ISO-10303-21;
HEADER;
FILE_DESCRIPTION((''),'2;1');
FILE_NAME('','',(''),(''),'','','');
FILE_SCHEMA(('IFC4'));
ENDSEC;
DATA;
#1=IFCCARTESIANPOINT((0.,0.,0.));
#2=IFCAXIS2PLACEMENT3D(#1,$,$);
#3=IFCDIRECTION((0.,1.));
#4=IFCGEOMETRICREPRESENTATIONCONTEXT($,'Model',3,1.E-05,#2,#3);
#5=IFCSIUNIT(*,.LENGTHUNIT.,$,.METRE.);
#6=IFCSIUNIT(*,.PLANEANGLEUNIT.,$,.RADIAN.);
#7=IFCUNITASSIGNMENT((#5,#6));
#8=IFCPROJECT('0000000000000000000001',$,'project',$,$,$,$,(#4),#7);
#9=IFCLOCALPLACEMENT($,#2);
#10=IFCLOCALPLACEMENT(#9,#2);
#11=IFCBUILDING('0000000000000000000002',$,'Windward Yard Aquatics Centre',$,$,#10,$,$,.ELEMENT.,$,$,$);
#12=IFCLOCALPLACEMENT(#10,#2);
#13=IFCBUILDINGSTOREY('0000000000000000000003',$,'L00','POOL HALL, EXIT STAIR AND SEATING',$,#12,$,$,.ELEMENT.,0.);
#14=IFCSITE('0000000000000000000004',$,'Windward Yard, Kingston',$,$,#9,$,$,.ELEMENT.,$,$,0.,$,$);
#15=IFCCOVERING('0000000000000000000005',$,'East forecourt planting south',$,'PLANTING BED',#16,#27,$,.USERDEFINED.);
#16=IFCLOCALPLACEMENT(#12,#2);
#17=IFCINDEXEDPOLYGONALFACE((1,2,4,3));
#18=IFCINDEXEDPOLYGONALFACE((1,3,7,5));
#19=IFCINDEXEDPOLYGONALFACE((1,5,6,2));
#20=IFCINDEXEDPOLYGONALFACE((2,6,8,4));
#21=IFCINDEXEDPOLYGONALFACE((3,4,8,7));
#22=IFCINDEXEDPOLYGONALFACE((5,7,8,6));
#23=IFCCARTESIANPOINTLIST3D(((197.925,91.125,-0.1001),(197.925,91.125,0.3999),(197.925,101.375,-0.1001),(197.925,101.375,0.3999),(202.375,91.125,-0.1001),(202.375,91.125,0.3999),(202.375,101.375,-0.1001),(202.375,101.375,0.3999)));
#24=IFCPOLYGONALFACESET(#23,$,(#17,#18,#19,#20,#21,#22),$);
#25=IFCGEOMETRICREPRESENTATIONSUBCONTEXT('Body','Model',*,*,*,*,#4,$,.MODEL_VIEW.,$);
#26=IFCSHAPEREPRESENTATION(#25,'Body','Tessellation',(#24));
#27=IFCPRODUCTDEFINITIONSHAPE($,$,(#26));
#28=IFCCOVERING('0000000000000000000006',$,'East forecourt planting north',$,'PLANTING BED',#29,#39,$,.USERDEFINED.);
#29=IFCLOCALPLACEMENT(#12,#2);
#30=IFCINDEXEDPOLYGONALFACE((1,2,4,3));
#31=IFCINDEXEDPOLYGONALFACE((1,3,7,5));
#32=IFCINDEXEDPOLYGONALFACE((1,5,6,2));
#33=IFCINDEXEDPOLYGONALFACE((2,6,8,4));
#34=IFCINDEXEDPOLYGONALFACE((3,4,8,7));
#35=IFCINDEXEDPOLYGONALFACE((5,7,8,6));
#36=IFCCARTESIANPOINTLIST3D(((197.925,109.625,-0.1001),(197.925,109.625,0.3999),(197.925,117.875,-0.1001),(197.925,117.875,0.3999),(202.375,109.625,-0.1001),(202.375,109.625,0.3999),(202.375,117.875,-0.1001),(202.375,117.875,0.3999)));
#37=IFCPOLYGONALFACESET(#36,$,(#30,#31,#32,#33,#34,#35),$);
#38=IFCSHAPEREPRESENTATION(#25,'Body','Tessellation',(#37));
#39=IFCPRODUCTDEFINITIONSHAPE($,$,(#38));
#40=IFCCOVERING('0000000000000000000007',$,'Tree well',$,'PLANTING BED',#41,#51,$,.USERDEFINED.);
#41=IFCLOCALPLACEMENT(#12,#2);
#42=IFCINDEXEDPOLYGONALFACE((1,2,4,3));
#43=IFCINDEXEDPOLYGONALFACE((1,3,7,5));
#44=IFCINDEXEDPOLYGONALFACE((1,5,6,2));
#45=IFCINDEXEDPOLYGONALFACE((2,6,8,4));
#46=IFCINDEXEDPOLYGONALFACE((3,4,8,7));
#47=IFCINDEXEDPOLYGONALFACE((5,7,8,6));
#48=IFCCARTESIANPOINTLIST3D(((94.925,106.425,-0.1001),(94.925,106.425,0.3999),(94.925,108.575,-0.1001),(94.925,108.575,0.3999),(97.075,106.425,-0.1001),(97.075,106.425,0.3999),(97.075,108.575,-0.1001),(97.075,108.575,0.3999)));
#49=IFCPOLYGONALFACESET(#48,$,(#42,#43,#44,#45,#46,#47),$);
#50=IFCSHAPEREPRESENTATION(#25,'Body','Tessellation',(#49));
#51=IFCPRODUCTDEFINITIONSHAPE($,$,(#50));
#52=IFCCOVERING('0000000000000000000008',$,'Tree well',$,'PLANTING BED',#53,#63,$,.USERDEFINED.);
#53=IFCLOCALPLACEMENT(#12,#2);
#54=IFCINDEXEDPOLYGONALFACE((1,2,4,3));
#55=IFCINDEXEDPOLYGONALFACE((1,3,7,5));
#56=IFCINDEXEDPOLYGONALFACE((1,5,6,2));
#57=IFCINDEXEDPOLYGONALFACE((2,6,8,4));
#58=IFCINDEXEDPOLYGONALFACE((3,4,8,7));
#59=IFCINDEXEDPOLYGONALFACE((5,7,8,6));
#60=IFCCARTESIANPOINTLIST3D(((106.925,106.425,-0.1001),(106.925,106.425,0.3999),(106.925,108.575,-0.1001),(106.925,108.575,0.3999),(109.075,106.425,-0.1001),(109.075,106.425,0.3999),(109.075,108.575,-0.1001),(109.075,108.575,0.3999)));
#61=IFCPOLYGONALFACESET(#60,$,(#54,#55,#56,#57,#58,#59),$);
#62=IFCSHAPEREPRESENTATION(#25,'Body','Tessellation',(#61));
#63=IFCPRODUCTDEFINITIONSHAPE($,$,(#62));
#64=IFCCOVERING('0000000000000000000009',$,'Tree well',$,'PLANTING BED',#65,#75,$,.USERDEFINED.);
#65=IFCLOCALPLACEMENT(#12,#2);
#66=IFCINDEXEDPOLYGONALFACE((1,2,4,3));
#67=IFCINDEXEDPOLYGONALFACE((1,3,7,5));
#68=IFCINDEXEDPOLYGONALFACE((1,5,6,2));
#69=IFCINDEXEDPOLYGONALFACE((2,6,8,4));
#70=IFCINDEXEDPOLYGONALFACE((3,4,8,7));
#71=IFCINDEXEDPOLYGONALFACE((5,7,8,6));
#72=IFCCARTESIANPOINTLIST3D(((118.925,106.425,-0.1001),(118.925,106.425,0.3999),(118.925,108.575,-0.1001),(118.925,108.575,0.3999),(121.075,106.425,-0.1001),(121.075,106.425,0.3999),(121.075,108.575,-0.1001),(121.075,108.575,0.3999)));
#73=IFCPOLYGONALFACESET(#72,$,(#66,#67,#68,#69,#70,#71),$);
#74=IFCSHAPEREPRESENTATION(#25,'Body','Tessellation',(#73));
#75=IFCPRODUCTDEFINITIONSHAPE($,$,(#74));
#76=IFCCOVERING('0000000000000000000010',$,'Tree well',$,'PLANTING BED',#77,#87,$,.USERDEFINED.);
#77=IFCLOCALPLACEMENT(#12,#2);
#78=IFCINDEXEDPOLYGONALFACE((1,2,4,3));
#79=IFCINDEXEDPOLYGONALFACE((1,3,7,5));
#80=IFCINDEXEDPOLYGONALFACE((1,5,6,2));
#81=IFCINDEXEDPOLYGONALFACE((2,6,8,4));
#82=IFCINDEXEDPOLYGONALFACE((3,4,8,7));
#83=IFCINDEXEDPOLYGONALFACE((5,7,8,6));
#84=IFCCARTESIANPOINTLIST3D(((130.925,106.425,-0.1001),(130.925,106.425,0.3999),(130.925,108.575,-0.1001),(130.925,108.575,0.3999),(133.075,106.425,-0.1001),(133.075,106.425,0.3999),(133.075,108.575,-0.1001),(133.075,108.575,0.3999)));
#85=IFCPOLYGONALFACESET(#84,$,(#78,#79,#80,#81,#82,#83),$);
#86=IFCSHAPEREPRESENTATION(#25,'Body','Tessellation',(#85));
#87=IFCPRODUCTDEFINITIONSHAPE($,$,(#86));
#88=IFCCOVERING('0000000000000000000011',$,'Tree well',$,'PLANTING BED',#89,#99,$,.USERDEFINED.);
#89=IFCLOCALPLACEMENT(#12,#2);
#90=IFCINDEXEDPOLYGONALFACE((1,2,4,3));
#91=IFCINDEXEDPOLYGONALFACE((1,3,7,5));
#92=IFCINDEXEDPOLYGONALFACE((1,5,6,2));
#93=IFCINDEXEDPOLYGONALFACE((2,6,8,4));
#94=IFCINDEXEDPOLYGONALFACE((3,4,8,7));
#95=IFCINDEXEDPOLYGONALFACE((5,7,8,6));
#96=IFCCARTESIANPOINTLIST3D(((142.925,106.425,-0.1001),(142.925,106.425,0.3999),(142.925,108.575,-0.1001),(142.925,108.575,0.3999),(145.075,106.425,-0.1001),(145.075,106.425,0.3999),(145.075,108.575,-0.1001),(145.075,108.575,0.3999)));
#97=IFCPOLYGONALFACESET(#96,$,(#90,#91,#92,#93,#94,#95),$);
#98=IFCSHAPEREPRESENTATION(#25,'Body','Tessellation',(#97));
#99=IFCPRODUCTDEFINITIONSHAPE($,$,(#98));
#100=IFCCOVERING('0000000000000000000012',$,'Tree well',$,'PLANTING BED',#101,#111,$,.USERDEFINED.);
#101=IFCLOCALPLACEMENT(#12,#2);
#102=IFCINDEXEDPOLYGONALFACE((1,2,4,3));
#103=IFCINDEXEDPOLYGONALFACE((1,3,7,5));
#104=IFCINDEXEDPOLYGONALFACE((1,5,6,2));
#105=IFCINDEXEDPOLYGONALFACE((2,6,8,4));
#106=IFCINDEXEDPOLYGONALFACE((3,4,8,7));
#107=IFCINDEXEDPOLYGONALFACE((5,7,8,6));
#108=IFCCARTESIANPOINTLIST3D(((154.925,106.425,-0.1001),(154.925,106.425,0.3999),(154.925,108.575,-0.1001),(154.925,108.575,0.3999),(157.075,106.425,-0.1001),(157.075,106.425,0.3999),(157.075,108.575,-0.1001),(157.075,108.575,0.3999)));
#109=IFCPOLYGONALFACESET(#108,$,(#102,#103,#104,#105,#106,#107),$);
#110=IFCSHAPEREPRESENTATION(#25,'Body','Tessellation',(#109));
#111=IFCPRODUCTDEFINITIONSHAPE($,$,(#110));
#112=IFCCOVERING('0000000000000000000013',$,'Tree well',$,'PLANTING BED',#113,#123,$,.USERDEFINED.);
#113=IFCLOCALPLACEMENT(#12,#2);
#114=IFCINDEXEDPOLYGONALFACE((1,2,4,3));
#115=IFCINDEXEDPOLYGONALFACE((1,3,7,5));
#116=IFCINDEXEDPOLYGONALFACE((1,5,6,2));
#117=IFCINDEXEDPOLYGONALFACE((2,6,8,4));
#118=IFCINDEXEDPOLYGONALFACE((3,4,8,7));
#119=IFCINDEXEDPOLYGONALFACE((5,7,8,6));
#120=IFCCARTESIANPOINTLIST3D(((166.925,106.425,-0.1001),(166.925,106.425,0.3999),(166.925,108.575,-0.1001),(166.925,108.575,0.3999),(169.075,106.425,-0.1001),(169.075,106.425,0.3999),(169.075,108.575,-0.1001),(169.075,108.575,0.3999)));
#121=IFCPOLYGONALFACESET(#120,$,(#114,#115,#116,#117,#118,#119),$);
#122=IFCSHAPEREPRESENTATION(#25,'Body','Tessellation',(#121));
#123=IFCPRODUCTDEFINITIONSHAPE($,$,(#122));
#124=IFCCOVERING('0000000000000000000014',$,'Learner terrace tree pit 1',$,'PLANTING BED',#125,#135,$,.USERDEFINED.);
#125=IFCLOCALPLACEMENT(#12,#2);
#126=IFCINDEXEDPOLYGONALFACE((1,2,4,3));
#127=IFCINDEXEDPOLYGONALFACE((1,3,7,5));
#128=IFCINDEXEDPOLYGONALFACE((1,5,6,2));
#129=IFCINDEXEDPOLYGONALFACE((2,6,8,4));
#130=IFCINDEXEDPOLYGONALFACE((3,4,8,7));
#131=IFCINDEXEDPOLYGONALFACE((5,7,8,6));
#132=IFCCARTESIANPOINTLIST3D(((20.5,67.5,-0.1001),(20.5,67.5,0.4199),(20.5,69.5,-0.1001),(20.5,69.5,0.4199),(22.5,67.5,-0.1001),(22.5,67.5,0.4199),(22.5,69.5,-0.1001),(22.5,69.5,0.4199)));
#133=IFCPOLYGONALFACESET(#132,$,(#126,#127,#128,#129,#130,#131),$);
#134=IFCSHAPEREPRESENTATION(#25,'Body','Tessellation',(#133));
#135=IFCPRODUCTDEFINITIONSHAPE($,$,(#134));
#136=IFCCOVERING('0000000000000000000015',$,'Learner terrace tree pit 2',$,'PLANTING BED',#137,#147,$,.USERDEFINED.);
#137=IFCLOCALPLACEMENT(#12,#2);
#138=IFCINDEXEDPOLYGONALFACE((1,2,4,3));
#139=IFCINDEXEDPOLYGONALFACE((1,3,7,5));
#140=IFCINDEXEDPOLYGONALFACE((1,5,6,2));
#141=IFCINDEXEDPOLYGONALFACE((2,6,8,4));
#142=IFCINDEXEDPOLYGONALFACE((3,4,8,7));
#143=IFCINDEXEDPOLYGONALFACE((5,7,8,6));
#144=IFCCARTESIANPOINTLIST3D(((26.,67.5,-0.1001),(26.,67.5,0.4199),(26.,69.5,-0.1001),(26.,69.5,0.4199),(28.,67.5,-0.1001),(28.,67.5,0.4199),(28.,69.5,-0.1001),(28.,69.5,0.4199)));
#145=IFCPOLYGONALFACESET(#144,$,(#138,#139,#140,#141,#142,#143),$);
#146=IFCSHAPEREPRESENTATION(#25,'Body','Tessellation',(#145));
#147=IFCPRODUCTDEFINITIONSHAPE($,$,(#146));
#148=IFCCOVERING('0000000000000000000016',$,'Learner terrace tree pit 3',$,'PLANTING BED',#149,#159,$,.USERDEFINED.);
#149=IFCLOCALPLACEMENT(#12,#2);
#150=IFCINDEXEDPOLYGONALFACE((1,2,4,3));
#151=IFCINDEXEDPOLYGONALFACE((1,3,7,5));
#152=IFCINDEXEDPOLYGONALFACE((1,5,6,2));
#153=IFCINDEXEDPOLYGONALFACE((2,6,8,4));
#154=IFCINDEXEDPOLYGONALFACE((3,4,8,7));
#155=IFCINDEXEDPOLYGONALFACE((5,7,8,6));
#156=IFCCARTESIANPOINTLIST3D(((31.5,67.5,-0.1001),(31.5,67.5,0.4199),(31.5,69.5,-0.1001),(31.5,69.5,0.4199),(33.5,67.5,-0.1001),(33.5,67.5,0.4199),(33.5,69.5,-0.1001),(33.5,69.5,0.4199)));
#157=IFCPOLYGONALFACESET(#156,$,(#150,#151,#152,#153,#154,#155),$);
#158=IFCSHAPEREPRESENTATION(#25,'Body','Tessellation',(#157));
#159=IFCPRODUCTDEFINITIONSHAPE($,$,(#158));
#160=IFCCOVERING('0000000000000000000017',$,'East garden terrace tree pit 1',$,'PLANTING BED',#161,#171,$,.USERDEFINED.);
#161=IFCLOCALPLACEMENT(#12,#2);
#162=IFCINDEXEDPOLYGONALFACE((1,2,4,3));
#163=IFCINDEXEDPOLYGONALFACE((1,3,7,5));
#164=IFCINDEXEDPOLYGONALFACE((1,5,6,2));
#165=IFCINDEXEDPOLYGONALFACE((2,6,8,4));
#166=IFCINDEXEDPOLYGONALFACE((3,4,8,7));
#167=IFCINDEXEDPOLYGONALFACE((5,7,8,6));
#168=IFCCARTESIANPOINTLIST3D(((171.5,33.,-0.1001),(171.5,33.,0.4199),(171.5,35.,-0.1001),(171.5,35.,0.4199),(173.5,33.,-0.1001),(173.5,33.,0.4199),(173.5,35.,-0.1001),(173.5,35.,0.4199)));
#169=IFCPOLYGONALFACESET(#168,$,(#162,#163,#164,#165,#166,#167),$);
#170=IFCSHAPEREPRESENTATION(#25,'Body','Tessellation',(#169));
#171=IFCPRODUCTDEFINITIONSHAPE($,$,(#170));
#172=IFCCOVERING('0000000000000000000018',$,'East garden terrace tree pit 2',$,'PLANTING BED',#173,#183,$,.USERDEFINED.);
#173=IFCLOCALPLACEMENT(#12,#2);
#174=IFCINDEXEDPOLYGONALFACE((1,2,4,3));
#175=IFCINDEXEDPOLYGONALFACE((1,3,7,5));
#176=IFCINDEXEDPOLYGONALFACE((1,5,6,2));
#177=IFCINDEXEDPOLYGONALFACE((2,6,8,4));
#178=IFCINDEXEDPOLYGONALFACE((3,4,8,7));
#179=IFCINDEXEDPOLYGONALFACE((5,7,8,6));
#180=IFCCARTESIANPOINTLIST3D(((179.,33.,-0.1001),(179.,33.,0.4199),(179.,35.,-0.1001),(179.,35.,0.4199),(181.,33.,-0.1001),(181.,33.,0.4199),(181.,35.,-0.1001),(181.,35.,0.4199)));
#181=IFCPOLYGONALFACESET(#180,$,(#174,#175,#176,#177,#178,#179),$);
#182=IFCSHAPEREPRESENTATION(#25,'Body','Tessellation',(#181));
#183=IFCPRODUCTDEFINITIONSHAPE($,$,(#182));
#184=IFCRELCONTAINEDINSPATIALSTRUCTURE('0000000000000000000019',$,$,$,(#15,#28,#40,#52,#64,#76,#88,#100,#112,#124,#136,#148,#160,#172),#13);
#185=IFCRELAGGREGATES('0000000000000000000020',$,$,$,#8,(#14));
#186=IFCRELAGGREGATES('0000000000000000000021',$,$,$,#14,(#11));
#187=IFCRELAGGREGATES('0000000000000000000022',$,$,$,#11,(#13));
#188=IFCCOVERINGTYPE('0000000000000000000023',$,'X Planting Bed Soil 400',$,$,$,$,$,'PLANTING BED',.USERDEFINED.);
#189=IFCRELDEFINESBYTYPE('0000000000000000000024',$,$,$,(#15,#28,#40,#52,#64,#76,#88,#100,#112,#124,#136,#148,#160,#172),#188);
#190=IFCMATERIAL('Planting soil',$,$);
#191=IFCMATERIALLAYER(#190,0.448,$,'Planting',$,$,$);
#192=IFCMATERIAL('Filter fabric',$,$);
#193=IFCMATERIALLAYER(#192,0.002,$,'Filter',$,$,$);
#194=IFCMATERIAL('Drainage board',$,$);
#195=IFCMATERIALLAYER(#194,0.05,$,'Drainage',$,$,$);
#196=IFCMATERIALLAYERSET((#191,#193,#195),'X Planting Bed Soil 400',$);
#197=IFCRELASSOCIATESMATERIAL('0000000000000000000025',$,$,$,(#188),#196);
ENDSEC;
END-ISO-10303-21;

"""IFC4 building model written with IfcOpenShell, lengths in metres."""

from ifc_helpers import new_model, si_unit, direction, frame, origin, place, context, subcontext, project, spatial, polyline, outline, extrude, material, layer, layer_set, type_object, element, save


model = new_model("IFC4")

# Units and contexts
model_context = context("Model", 3, precision=1e-05, world=origin(), true_north=direction((0.0, 1.0)))
body_context = subcontext(model_context, "Body", "Model", "MODEL_VIEW")
ifc_project = project(units=[si_unit("LENGTHUNIT", "METRE"), si_unit("PLANEANGLEUNIT", "RADIAN")], contexts=[model_context])

# Site, building, storey
site_placement = place(None, origin())
site = spatial("IfcSite", under=ifc_project, at=site_placement, Name="Windward Yard, Kingston", CompositionType="ELEMENT", RefElevation=0.0)
building_placement = place(site_placement, origin())
building = spatial("IfcBuilding", under=site, at=building_placement, Name="Windward Yard Aquatics Centre", CompositionType="ELEMENT")
storey_placement = place(building_placement, origin())
storey = spatial("IfcBuildingStorey", under=building, at=storey_placement, Name="L00", Description="POOL HALL, EXIT STAIR AND SEATING", CompositionType="ELEMENT", Elevation=0.0)

# Coverings
ifc_material_1 = material(Name="Planting soil")
ifc_layer_1 = layer(ifc_material_1, 0.448, Name="Planting")
ifc_material_2 = material(Name="Filter fabric")
ifc_layer_2 = layer(ifc_material_2, 0.002, Name="Filter")
ifc_material_3 = material(Name="Drainage board")
ifc_layer_3 = layer(ifc_material_3, 0.05, Name="Drainage")
ifc_layer_set_1 = layer_set([ifc_layer_1, ifc_layer_2, ifc_layer_3], Name="X Planting Bed Soil 400")
covering_type_1 = type_object("IfcCoveringType", Name="X Planting Bed Soil 400", ElementType="PLANTING BED", PredefinedType="USERDEFINED", material=ifc_layer_set_1)
covering_1_placement = place(storey_placement, frame((0.0, 0.0, -0.1001)))
element("IfcCovering", 1, at=covering_1_placement, inside=storey, type_object=covering_type_1, Name="East forecourt planting south", ObjectType="PLANTING BED", PredefinedType="USERDEFINED", context=body_context, shape_type="SweptSolid", body=[
    extrude(outline(polyline([(197.925, 91.125), (202.375, 91.125), (202.375, 101.375), (197.925, 101.375), (197.925, 91.125)])), origin(), (0.0, 0.0, 1.0), 0.5),
])
covering_2_placement = place(storey_placement, frame((0.0, 0.0, -0.1001)))
element("IfcCovering", 2, at=covering_2_placement, inside=storey, type_object=covering_type_1, Name="East forecourt planting north", ObjectType="PLANTING BED", PredefinedType="USERDEFINED", context=body_context, shape_type="SweptSolid", body=[
    extrude(outline(polyline([(197.925, 109.625), (202.375, 109.625), (202.375, 117.875), (197.925, 117.875), (197.925, 109.625)])), origin(), (0.0, 0.0, 1.0), 0.5),
])
covering_3_placement = place(storey_placement, frame((0.0, 0.0, -0.1001)))
element("IfcCovering", 3, at=covering_3_placement, inside=storey, type_object=covering_type_1, Name="Tree well", ObjectType="PLANTING BED", PredefinedType="USERDEFINED", context=body_context, shape_type="SweptSolid", body=[
    extrude(outline(polyline([(94.925, 106.425), (97.075, 106.425), (97.075, 108.575), (94.925, 108.575), (94.925, 106.425)])), origin(), (0.0, 0.0, 1.0), 0.5),
])
covering_4_placement = place(storey_placement, frame((0.0, 0.0, -0.1001)))
element("IfcCovering", 4, at=covering_4_placement, inside=storey, type_object=covering_type_1, Name="Tree well", ObjectType="PLANTING BED", PredefinedType="USERDEFINED", context=body_context, shape_type="SweptSolid", body=[
    extrude(outline(polyline([(106.925, 106.425), (109.075, 106.425), (109.075, 108.575), (106.925, 108.575), (106.925, 106.425)])), origin(), (0.0, 0.0, 1.0), 0.5),
])
covering_5_placement = place(storey_placement, frame((0.0, 0.0, -0.1001)))
element("IfcCovering", 5, at=covering_5_placement, inside=storey, type_object=covering_type_1, Name="Tree well", ObjectType="PLANTING BED", PredefinedType="USERDEFINED", context=body_context, shape_type="SweptSolid", body=[
    extrude(outline(polyline([(118.925, 106.425), (121.075, 106.425), (121.075, 108.575), (118.925, 108.575), (118.925, 106.425)])), origin(), (0.0, 0.0, 1.0), 0.5),
])
covering_6_placement = place(storey_placement, frame((0.0, 0.0, -0.1001)))
element("IfcCovering", 6, at=covering_6_placement, inside=storey, type_object=covering_type_1, Name="Tree well", ObjectType="PLANTING BED", PredefinedType="USERDEFINED", context=body_context, shape_type="SweptSolid", body=[
    extrude(outline(polyline([(130.925, 106.425), (133.075, 106.425), (133.075, 108.575), (130.925, 108.575), (130.925, 106.425)])), origin(), (0.0, 0.0, 1.0), 0.5),
])
covering_7_placement = place(storey_placement, frame((0.0, 0.0, -0.1001)))
element("IfcCovering", 7, at=covering_7_placement, inside=storey, type_object=covering_type_1, Name="Tree well", ObjectType="PLANTING BED", PredefinedType="USERDEFINED", context=body_context, shape_type="SweptSolid", body=[
    extrude(outline(polyline([(142.925, 106.425), (145.075, 106.425), (145.075, 108.575), (142.925, 108.575), (142.925, 106.425)])), origin(), (0.0, 0.0, 1.0), 0.5),
])
covering_8_placement = place(storey_placement, frame((0.0, 0.0, -0.1001)))
element("IfcCovering", 8, at=covering_8_placement, inside=storey, type_object=covering_type_1, Name="Tree well", ObjectType="PLANTING BED", PredefinedType="USERDEFINED", context=body_context, shape_type="SweptSolid", body=[
    extrude(outline(polyline([(154.925, 106.425), (157.075, 106.425), (157.075, 108.575), (154.925, 108.575), (154.925, 106.425)])), origin(), (0.0, 0.0, 1.0), 0.5),
])
covering_9_placement = place(storey_placement, frame((0.0, 0.0, -0.1001)))
element("IfcCovering", 9, at=covering_9_placement, inside=storey, type_object=covering_type_1, Name="Tree well", ObjectType="PLANTING BED", PredefinedType="USERDEFINED", context=body_context, shape_type="SweptSolid", body=[
    extrude(outline(polyline([(166.925, 106.425), (169.075, 106.425), (169.075, 108.575), (166.925, 108.575), (166.925, 106.425)])), origin(), (0.0, 0.0, 1.0), 0.5),
])
covering_10_placement = place(storey_placement, frame((0.0, 0.0, -0.1001)))
element("IfcCovering", 10, at=covering_10_placement, inside=storey, type_object=covering_type_1, Name="Learner terrace tree pit 1", ObjectType="PLANTING BED", PredefinedType="USERDEFINED", context=body_context, shape_type="SweptSolid", body=[
    extrude(outline(polyline([(20.5, 67.5), (22.5, 67.5), (22.5, 69.5), (20.5, 69.5), (20.5, 67.5)])), origin(), (0.0, 0.0, 1.0), 0.52),
])
covering_11_placement = place(storey_placement, frame((0.0, 0.0, -0.1001)))
element("IfcCovering", 11, at=covering_11_placement, inside=storey, type_object=covering_type_1, Name="Learner terrace tree pit 2", ObjectType="PLANTING BED", PredefinedType="USERDEFINED", context=body_context, shape_type="SweptSolid", body=[
    extrude(outline(polyline([(26.0, 67.5), (28.0, 67.5), (28.0, 69.5), (26.0, 69.5), (26.0, 67.5)])), origin(), (0.0, 0.0, 1.0), 0.52),
])
covering_12_placement = place(storey_placement, frame((0.0, 0.0, -0.1001)))
element("IfcCovering", 12, at=covering_12_placement, inside=storey, type_object=covering_type_1, Name="Learner terrace tree pit 3", ObjectType="PLANTING BED", PredefinedType="USERDEFINED", context=body_context, shape_type="SweptSolid", body=[
    extrude(outline(polyline([(31.5, 67.5), (33.5, 67.5), (33.5, 69.5), (31.5, 69.5), (31.5, 67.5)])), origin(), (0.0, 0.0, 1.0), 0.52),
])
covering_13_placement = place(storey_placement, frame((0.0, 0.0, -0.1001)))
element("IfcCovering", 13, at=covering_13_placement, inside=storey, type_object=covering_type_1, Name="East garden terrace tree pit 1", ObjectType="PLANTING BED", PredefinedType="USERDEFINED", context=body_context, shape_type="SweptSolid", body=[
    extrude(outline(polyline([(171.5, 33.0), (173.5, 33.0), (173.5, 35.0), (171.5, 35.0), (171.5, 33.0)])), origin(), (0.0, 0.0, 1.0), 0.52),
])
covering_14_placement = place(storey_placement, frame((0.0, 0.0, -0.1001)))
element("IfcCovering", 14, at=covering_14_placement, inside=storey, type_object=covering_type_1, Name="East garden terrace tree pit 2", ObjectType="PLANTING BED", PredefinedType="USERDEFINED", context=body_context, shape_type="SweptSolid", body=[
    extrude(outline(polyline([(179.0, 33.0), (181.0, 33.0), (181.0, 35.0), (179.0, 35.0), (179.0, 33.0)])), origin(), (0.0, 0.0, 1.0), 0.52),
])

save(model, "model.ifc")
